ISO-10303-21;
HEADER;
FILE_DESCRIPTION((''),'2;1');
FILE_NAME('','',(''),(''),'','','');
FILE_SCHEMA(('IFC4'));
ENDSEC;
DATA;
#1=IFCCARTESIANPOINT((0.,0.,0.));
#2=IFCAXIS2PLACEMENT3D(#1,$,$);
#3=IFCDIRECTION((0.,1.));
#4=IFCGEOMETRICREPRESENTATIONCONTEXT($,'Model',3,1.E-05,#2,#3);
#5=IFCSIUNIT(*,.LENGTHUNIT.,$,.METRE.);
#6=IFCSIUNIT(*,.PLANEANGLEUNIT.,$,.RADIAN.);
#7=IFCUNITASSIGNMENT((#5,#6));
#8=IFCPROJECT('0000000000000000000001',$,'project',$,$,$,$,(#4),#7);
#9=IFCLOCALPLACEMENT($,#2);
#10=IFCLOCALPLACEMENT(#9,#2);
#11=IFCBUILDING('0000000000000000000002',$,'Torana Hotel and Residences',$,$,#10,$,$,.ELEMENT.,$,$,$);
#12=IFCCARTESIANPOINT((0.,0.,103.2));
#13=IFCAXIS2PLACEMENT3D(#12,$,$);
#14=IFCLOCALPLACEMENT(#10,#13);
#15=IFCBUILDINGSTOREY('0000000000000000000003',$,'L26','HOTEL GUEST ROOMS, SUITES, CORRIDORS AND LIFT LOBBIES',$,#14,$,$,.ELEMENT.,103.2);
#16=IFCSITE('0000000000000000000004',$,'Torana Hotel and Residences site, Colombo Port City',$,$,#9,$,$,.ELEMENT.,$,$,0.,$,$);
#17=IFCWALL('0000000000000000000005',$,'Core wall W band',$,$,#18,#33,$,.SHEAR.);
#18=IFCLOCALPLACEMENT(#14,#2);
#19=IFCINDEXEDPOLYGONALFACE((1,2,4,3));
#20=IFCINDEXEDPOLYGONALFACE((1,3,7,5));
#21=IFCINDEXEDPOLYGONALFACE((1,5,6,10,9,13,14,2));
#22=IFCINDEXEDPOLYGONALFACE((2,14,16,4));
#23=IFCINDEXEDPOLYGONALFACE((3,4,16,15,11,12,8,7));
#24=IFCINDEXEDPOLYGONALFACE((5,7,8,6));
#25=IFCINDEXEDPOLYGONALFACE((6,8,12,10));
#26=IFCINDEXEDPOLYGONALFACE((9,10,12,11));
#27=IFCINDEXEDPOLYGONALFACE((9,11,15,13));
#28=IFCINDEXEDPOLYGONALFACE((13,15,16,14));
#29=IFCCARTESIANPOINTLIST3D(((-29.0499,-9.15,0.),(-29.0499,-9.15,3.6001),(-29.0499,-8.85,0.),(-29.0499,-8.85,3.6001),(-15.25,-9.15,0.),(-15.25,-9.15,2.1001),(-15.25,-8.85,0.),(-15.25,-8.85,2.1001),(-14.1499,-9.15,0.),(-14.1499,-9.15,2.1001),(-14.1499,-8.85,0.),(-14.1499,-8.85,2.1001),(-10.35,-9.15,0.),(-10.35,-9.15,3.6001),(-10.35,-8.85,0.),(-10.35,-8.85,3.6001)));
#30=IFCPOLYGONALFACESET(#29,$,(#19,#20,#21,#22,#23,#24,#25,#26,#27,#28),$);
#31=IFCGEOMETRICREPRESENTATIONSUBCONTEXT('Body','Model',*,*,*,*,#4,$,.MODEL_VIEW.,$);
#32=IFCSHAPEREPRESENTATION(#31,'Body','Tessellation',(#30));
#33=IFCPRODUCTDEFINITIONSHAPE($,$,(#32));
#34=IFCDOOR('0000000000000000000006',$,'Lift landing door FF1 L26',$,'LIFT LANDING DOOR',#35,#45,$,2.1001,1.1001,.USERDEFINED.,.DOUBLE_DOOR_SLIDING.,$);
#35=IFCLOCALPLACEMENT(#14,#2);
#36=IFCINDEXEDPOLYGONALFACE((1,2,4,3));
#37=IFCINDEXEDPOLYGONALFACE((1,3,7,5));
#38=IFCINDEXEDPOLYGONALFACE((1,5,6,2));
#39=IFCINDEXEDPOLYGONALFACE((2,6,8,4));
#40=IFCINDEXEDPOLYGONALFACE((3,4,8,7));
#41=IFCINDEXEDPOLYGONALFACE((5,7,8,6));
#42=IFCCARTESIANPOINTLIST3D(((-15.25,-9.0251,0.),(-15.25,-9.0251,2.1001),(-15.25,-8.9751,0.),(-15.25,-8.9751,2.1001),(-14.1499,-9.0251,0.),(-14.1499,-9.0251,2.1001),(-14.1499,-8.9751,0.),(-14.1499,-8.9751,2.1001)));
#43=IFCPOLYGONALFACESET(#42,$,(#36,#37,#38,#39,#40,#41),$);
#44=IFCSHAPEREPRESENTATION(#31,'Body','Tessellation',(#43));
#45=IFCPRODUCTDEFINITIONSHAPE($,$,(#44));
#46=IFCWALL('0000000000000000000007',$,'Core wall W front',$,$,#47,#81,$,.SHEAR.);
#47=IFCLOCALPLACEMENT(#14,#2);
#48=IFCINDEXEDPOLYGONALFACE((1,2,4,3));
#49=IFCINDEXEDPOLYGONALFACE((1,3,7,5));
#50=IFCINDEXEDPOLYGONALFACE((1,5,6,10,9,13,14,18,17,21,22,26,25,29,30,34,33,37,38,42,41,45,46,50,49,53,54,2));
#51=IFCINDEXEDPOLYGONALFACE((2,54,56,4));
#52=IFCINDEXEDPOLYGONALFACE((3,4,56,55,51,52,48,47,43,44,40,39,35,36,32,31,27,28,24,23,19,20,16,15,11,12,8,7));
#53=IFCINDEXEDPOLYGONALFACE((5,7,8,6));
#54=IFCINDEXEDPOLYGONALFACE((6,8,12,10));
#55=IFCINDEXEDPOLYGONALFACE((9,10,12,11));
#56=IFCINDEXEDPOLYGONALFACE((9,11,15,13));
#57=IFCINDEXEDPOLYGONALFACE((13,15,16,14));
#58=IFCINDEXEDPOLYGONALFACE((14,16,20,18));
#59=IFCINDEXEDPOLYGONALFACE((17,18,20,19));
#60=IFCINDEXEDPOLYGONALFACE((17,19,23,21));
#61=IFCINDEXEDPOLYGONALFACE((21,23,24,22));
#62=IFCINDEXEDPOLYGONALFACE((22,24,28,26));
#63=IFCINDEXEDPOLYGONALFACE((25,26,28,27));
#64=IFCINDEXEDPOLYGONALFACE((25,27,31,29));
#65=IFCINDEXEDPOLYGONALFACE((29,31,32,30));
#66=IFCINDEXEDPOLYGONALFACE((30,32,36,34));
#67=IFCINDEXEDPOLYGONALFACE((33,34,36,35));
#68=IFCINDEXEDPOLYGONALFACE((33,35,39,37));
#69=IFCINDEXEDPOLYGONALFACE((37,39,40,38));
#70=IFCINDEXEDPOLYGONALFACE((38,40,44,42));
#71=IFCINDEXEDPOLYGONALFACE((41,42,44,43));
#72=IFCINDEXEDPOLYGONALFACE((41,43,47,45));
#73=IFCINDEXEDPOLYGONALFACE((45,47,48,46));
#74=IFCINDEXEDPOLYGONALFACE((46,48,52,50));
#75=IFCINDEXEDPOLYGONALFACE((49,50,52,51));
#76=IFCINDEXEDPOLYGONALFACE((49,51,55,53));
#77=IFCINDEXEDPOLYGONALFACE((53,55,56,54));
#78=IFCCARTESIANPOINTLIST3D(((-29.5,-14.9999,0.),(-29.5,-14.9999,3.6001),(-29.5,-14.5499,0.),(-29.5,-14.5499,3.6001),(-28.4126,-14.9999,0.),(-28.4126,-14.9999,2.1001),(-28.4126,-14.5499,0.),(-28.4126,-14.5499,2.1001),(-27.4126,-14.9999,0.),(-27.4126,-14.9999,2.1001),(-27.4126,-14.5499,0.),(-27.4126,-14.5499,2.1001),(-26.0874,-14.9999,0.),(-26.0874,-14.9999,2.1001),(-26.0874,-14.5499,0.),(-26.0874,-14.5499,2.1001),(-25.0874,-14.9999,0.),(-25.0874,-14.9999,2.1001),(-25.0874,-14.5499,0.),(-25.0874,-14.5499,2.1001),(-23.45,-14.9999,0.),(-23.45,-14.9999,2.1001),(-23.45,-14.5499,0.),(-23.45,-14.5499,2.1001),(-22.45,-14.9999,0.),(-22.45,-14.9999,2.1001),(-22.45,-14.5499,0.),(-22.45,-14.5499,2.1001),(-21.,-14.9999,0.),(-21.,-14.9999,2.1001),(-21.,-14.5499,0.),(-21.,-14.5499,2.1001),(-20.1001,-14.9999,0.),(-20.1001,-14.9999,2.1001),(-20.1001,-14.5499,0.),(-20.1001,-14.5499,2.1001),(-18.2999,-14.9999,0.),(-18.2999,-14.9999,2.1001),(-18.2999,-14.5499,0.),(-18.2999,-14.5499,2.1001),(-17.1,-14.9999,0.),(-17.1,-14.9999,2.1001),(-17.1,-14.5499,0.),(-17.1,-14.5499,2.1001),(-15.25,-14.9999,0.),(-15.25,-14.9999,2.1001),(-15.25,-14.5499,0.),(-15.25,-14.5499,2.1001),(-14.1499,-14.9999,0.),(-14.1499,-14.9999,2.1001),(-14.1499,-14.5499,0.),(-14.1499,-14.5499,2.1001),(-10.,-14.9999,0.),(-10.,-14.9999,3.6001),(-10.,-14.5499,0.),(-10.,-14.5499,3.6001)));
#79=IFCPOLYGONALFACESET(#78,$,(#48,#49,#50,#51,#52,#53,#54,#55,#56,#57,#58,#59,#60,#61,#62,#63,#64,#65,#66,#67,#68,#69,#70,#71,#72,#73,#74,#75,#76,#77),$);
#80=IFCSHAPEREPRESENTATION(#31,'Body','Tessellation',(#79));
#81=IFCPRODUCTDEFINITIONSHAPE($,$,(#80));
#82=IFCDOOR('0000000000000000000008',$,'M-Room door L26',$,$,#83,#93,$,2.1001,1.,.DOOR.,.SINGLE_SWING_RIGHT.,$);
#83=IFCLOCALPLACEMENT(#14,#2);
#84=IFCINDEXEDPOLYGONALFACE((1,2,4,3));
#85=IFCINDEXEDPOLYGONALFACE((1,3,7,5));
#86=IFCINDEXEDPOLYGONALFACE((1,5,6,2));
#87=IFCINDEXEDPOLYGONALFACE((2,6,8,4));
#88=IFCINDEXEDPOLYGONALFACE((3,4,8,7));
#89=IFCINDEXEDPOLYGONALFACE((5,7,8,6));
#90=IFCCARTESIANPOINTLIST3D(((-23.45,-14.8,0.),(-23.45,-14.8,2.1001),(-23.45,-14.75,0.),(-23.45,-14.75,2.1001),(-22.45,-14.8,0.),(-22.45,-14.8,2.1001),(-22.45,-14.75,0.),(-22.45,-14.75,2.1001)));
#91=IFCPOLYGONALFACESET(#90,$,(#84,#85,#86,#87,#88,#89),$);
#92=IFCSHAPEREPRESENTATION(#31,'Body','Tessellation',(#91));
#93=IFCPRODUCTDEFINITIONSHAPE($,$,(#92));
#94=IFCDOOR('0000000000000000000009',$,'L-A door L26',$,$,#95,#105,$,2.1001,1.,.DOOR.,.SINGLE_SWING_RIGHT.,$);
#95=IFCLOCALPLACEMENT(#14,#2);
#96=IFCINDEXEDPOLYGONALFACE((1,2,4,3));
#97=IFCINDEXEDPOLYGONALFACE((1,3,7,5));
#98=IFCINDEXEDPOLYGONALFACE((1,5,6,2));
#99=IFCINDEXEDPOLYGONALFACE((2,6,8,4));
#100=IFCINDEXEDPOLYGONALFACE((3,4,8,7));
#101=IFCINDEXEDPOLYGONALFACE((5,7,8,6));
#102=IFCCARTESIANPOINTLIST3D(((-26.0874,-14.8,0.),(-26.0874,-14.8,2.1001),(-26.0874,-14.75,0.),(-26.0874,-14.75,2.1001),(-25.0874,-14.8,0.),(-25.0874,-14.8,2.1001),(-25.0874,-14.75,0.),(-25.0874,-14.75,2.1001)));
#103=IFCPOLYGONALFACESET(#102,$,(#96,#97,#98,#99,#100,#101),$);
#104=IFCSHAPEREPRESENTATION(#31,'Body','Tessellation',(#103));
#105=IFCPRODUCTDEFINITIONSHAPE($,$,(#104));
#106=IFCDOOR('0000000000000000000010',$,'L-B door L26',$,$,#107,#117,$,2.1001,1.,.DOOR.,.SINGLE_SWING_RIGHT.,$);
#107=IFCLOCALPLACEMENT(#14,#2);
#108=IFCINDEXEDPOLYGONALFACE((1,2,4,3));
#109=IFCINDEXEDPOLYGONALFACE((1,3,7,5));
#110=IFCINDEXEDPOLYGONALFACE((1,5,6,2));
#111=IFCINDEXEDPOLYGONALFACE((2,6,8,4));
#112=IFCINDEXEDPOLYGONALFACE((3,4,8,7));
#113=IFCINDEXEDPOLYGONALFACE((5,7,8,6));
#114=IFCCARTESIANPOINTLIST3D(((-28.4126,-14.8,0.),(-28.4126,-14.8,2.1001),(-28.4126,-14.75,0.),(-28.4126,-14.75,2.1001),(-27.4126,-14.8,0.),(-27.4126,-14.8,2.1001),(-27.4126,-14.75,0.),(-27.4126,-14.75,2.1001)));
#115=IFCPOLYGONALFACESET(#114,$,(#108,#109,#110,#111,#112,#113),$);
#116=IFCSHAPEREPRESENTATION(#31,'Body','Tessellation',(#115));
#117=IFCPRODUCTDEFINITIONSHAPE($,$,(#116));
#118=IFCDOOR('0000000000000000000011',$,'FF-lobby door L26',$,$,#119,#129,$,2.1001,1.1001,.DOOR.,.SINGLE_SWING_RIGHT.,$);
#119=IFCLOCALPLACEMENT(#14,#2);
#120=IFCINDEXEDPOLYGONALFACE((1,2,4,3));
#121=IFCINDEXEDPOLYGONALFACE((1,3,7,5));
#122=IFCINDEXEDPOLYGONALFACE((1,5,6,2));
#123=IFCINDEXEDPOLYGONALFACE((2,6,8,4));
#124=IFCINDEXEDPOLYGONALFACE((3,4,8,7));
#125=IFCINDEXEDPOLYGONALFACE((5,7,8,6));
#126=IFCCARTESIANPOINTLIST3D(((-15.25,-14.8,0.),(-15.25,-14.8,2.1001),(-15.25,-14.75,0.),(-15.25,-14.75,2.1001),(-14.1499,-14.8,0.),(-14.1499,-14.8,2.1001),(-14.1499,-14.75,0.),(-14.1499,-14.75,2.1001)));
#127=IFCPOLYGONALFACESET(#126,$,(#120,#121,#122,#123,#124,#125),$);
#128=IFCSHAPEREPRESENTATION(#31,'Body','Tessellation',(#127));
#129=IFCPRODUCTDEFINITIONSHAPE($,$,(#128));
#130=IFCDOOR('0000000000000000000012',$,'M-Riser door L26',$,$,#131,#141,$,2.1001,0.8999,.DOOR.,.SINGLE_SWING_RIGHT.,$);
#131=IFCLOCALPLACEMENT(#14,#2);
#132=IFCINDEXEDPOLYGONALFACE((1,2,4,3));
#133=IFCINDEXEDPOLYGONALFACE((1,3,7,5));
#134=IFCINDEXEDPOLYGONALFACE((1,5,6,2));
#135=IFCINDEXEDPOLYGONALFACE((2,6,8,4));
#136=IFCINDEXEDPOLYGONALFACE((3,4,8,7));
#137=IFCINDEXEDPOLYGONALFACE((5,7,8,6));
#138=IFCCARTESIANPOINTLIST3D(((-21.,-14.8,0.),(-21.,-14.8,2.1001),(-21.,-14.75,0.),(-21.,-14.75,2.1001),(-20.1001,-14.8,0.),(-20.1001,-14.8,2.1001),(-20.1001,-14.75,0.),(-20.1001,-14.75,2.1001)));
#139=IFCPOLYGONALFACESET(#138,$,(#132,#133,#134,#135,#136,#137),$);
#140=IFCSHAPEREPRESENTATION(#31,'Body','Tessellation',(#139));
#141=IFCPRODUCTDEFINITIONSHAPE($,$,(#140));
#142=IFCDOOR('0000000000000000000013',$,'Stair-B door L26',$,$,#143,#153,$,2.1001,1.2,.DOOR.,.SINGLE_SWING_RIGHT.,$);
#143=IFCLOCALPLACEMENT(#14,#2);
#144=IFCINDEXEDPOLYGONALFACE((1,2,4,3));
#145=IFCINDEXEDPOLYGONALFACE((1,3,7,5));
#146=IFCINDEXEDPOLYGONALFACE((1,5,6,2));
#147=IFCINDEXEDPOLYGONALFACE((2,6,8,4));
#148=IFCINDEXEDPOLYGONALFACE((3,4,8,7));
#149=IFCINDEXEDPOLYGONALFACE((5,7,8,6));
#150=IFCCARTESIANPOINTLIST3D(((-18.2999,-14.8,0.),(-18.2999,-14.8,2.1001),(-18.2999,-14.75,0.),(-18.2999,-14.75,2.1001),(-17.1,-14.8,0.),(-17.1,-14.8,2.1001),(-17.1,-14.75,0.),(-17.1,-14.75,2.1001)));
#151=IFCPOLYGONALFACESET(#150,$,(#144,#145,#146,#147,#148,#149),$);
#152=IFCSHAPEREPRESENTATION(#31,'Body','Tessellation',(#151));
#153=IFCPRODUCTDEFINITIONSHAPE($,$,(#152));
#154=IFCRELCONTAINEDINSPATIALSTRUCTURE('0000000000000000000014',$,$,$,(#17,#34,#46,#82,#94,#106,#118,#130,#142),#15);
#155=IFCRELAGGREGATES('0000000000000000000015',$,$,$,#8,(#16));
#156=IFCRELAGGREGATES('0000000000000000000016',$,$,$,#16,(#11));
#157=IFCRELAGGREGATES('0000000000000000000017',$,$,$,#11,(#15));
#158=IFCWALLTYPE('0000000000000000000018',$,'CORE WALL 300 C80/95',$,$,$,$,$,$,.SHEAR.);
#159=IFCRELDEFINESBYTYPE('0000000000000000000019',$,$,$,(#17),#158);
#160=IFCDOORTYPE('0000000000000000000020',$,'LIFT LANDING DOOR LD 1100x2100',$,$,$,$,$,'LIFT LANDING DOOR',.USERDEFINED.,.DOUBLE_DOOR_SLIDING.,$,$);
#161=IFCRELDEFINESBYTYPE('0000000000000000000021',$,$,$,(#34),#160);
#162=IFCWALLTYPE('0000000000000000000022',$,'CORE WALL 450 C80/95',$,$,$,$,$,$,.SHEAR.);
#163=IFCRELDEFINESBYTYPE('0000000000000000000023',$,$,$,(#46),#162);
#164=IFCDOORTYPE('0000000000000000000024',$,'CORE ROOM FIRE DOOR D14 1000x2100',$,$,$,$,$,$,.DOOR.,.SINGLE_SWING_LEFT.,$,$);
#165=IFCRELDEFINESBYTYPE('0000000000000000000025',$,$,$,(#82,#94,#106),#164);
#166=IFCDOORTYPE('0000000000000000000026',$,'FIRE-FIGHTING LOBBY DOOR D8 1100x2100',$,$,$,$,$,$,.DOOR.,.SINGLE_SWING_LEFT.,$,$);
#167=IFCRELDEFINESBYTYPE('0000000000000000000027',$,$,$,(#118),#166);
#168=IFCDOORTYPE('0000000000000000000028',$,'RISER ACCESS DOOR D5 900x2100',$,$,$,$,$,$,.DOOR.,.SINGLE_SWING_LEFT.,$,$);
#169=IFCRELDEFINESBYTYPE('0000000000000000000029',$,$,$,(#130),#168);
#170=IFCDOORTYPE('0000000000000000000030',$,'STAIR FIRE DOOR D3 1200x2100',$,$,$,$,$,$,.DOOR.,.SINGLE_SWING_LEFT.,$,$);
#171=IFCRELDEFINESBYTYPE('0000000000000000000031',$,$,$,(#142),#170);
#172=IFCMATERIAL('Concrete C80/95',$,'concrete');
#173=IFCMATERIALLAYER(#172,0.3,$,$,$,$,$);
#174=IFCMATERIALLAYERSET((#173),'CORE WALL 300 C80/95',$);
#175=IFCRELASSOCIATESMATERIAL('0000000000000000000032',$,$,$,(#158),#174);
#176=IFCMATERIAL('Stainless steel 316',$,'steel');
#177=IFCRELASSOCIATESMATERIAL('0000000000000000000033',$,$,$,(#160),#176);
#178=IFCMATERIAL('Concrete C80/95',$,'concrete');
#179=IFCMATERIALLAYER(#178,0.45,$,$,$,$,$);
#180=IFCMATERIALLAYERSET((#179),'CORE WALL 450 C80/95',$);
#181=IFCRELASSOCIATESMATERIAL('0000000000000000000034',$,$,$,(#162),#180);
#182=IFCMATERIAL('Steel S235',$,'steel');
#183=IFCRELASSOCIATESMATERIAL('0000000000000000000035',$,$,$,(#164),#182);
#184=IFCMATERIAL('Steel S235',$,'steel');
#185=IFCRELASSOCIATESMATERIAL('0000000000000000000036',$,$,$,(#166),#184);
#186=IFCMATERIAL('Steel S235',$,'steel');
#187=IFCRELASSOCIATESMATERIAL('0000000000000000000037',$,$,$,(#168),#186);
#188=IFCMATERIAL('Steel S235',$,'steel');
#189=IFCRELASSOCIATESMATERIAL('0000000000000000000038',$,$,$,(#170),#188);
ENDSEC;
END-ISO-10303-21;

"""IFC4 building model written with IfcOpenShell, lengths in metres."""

from ifc_helpers import new_model, si_unit, direction, frame, frame_2d, origin, place, context, subcontext, project, spatial, rectangle, extrude, material, layer, layer_set, type_object, element, fill, save


model = new_model("IFC4")

# Units and contexts
model_context = context("Model", 3, precision=1e-05, world=origin(), true_north=direction((0.0, 1.0)))
body_context = subcontext(model_context, "Body", "Model", "MODEL_VIEW")
ifc_project = project(units=[si_unit("LENGTHUNIT", "METRE"), si_unit("PLANEANGLEUNIT", "RADIAN")], contexts=[model_context])

# Site, building, storey
site_placement = place(None, origin())
site = spatial("IfcSite", under=ifc_project, at=site_placement, Name="Torana Hotel and Residences site, Colombo Port City", CompositionType="ELEMENT", RefElevation=0.0)
building_placement = place(site_placement, origin())
building = spatial("IfcBuilding", under=site, at=building_placement, Name="Torana Hotel and Residences", CompositionType="ELEMENT")
storey_placement = place(building_placement, frame((0.0, 0.0, 103.2)))
storey = spatial("IfcBuildingStorey", under=building, at=storey_placement, Name="L26", Description="HOTEL GUEST ROOMS, SUITES, CORRIDORS AND LIFT LOBBIES", CompositionType="ELEMENT", Elevation=103.2)

# Wall, opening, door
ifc_material_1 = material(Name="Concrete C80/95", Category="concrete")
ifc_layer_1 = layer(ifc_material_1, 0.3)
ifc_layer_set_1 = layer_set([ifc_layer_1], Name="CORE WALL 300 C80/95")
wall_type_1 = type_object("IfcWallType", Name="CORE WALL 300 C80/95", PredefinedType="SHEAR", material=ifc_layer_set_1)
wall_1_placement = place(storey_placement, frame((-29.05, -9.0, 0.0), z_axis=(0.0, 0.0, 1.0), x_axis=(1.0, 0.0, 0.0)))
wall_1 = element("IfcWall", 1, at=wall_1_placement, inside=storey, type_object=wall_type_1, Name="Core wall W band", PredefinedType="SHEAR", context=body_context, shape_type="SweptSolid", body=[
    extrude(rectangle(XDim=18.7, YDim=0.3, at=frame_2d((9.3501, 0.0))), origin(), (0.0, 0.0, 1.0), 3.6001),
])
opening_1_placement = place(wall_1_placement, frame((13.8, 0.0, 0.0)))
opening_1 = element("IfcOpeningElement", 2, at=opening_1_placement, cuts=wall_1, PredefinedType="OPENING", context=body_context, shape_type="SweptSolid", body=[
    extrude(rectangle(XDim=1.1001, YDim=2.1001, at=frame_2d((0.55, 1.05))), frame((0.0, 0.1599, 0.0), z_axis=(0.0, -1.0, 0.0), x_axis=(1.0, 0.0, 0.0)), (0.0, 0.0, 1.0), 0.3201),
])
ifc_material_2 = material(Name="Stainless steel 316", Category="steel")
door_type_1 = type_object("IfcDoorType", Name="LIFT LANDING DOOR LD 1100x2100", ElementType="LIFT LANDING DOOR", OperationType="DOUBLE_DOOR_SLIDING", PredefinedType="USERDEFINED", material=ifc_material_2)
door_1_placement = place(opening_1_placement, origin())
door_1 = element("IfcDoor", 3, at=door_1_placement, inside=storey, type_object=door_type_1, Name="Lift landing door FF1 L26", ObjectType="LIFT LANDING DOOR", OperationType="DOUBLE_DOOR_SLIDING", OverallHeight=2.1001, OverallWidth=1.1001, PredefinedType="USERDEFINED", context=body_context, shape_type="SweptSolid", body=[
    extrude(rectangle(XDim=1.1001, YDim=2.1001, at=frame_2d((0.55, 1.05))), frame((0.0, 0.0249, 0.0), z_axis=(0.0, -1.0, 0.0), x_axis=(1.0, 0.0, 0.0)), (0.0, 0.0, 1.0), 0.05),
])
fill(opening_1, door_1)

# Wall, openings, doors
ifc_material_3 = material(Name="Concrete C80/95", Category="concrete")
ifc_layer_2 = layer(ifc_material_3, 0.45)
ifc_layer_set_2 = layer_set([ifc_layer_2], Name="CORE WALL 450 C80/95")
wall_type_2 = type_object("IfcWallType", Name="CORE WALL 450 C80/95", PredefinedType="SHEAR", material=ifc_layer_set_2)
wall_2_placement = place(storey_placement, frame((-29.5, -14.7749, 0.0), z_axis=(0.0, 0.0, 1.0), x_axis=(1.0, 0.0, 0.0)))
wall_2 = element("IfcWall", 4, at=wall_2_placement, inside=storey, type_object=wall_type_2, Name="Core wall W front", PredefinedType="SHEAR", context=body_context, shape_type="SweptSolid", body=[
    extrude(rectangle(XDim=19.5, YDim=0.45, at=frame_2d((9.75, 0.0))), origin(), (0.0, 0.0, 1.0), 3.6001),
])
opening_2_placement = place(wall_2_placement, frame((11.2, 0.0, 0.0)))
opening_2 = element("IfcOpeningElement", 5, at=opening_2_placement, cuts=wall_2, PredefinedType="OPENING", context=body_context, shape_type="SweptSolid", body=[
    extrude(rectangle(XDim=1.2, YDim=2.1001, at=frame_2d((0.6001, 1.05))), frame((0.0, 0.2349, 0.0), z_axis=(0.0, -1.0, 0.0), x_axis=(1.0, 0.0, 0.0)), (0.0, 0.0, 1.0), 0.47),
])
opening_3_placement = place(wall_2_placement, frame((14.25, 0.0, 0.0)))
opening_3 = element("IfcOpeningElement", 6, at=opening_3_placement, cuts=wall_2, PredefinedType="OPENING", context=body_context, shape_type="SweptSolid", body=[
    extrude(rectangle(XDim=1.1001, YDim=2.1001, at=frame_2d((0.55, 1.05))), frame((0.0, 0.2349, 0.0), z_axis=(0.0, -1.0, 0.0), x_axis=(1.0, 0.0, 0.0)), (0.0, 0.0, 1.0), 0.47),
])
opening_4_placement = place(wall_2_placement, frame((8.5, 0.0, 0.0)))
opening_4 = element("IfcOpeningElement", 7, at=opening_4_placement, cuts=wall_2, PredefinedType="OPENING", context=body_context, shape_type="SweptSolid", body=[
    extrude(rectangle(XDim=0.8999, YDim=2.1001, at=frame_2d((0.45, 1.05))), frame((0.0, 0.2349, 0.0), z_axis=(0.0, -1.0, 0.0), x_axis=(1.0, 0.0, 0.0)), (0.0, 0.0, 1.0), 0.47),
])
opening_5_placement = place(wall_2_placement, frame((6.05, 0.0, 0.0)))
opening_5 = element("IfcOpeningElement", 8, at=opening_5_placement, cuts=wall_2, PredefinedType="OPENING", context=body_context, shape_type="SweptSolid", body=[
    extrude(rectangle(XDim=1.0, YDim=2.1001, at=frame_2d((0.5, 1.05))), frame((0.0, 0.2349, 0.0), z_axis=(0.0, -1.0, 0.0), x_axis=(1.0, 0.0, 0.0)), (0.0, 0.0, 1.0), 0.47),
])
opening_6_placement = place(wall_2_placement, frame((3.4126, 0.0, 0.0)))
opening_6 = element("IfcOpeningElement", 9, at=opening_6_placement, cuts=wall_2, PredefinedType="OPENING", context=body_context, shape_type="SweptSolid", body=[
    extrude(rectangle(XDim=1.0, YDim=2.1001, at=frame_2d((0.5, 1.05))), frame((0.0, 0.2349, 0.0), z_axis=(0.0, -1.0, 0.0), x_axis=(1.0, 0.0, 0.0)), (0.0, 0.0, 1.0), 0.47),
])
opening_7_placement = place(wall_2_placement, frame((1.0874, 0.0, 0.0)))
opening_7 = element("IfcOpeningElement", 10, at=opening_7_placement, cuts=wall_2, PredefinedType="OPENING", context=body_context, shape_type="SweptSolid", body=[
    extrude(rectangle(XDim=1.0, YDim=2.1001, at=frame_2d((0.5, 1.05))), frame((0.0, 0.2349, 0.0), z_axis=(0.0, -1.0, 0.0), x_axis=(1.0, 0.0, 0.0)), (0.0, 0.0, 1.0), 0.47),
])
ifc_material_4 = material(Name="Steel S235", Category="steel")
door_type_2 = type_object("IfcDoorType", Name="CORE ROOM FIRE DOOR D14 1000x2100", OperationType="SINGLE_SWING_LEFT", PredefinedType="DOOR", material=ifc_material_4)
door_2_placement = place(opening_5_placement, origin())
door_2 = element("IfcDoor", 11, at=door_2_placement, inside=storey, type_object=door_type_2, Name="M-Room door L26", OperationType="SINGLE_SWING_RIGHT", OverallHeight=2.1001, OverallWidth=1.0, PredefinedType="DOOR", context=body_context, shape_type="SweptSolid", body=[
    extrude(rectangle(XDim=1.0, YDim=2.1001, at=frame_2d((0.5, 1.05))), frame((0.0, 0.0249, 0.0), z_axis=(0.0, -1.0, 0.0), x_axis=(1.0, 0.0, 0.0)), (0.0, 0.0, 1.0), 0.05),
])
fill(opening_5, door_2)
door_3_placement = place(opening_6_placement, origin())
door_3 = element("IfcDoor", 12, at=door_3_placement, inside=storey, type_object=door_type_2, Name="L-A door L26", OperationType="SINGLE_SWING_RIGHT", OverallHeight=2.1001, OverallWidth=1.0, PredefinedType="DOOR", context=body_context, shape_type="SweptSolid", body=[
    extrude(rectangle(XDim=1.0, YDim=2.1001, at=frame_2d((0.5, 1.05))), frame((0.0, 0.0249, 0.0), z_axis=(0.0, -1.0, 0.0), x_axis=(1.0, 0.0, 0.0)), (0.0, 0.0, 1.0), 0.05),
])
fill(opening_6, door_3)
door_4_placement = place(opening_7_placement, origin())
door_4 = element("IfcDoor", 13, at=door_4_placement, inside=storey, type_object=door_type_2, Name="L-B door L26", OperationType="SINGLE_SWING_RIGHT", OverallHeight=2.1001, OverallWidth=1.0, PredefinedType="DOOR", context=body_context, shape_type="SweptSolid", body=[
    extrude(rectangle(XDim=1.0, YDim=2.1001, at=frame_2d((0.5, 1.05))), frame((0.0, 0.0249, 0.0), z_axis=(0.0, -1.0, 0.0), x_axis=(1.0, 0.0, 0.0)), (0.0, 0.0, 1.0), 0.05),
])
fill(opening_7, door_4)
ifc_material_5 = material(Name="Steel S235", Category="steel")
door_type_3 = type_object("IfcDoorType", Name="FIRE-FIGHTING LOBBY DOOR D8 1100x2100", OperationType="SINGLE_SWING_LEFT", PredefinedType="DOOR", material=ifc_material_5)
door_5_placement = place(opening_3_placement, origin())
door_5 = element("IfcDoor", 14, at=door_5_placement, inside=storey, type_object=door_type_3, Name="FF-lobby door L26", OperationType="SINGLE_SWING_RIGHT", OverallHeight=2.1001, OverallWidth=1.1001, PredefinedType="DOOR", context=body_context, shape_type="SweptSolid", body=[
    extrude(rectangle(XDim=1.1001, YDim=2.1001, at=frame_2d((0.55, 1.05))), frame((0.0, 0.0249, 0.0), z_axis=(0.0, -1.0, 0.0), x_axis=(1.0, 0.0, 0.0)), (0.0, 0.0, 1.0), 0.05),
])
fill(opening_3, door_5)
ifc_material_6 = material(Name="Steel S235", Category="steel")
door_type_4 = type_object("IfcDoorType", Name="RISER ACCESS DOOR D5 900x2100", OperationType="SINGLE_SWING_LEFT", PredefinedType="DOOR", material=ifc_material_6)
door_6_placement = place(opening_4_placement, origin())
door_6 = element("IfcDoor", 15, at=door_6_placement, inside=storey, type_object=door_type_4, Name="M-Riser door L26", OperationType="SINGLE_SWING_RIGHT", OverallHeight=2.1001, OverallWidth=0.8999, PredefinedType="DOOR", context=body_context, shape_type="SweptSolid", body=[
    extrude(rectangle(XDim=0.8999, YDim=2.1001, at=frame_2d((0.45, 1.05))), frame((0.0, 0.0249, 0.0), z_axis=(0.0, -1.0, 0.0), x_axis=(1.0, 0.0, 0.0)), (0.0, 0.0, 1.0), 0.05),
])
fill(opening_4, door_6)
ifc_material_7 = material(Name="Steel S235", Category="steel")
door_type_5 = type_object("IfcDoorType", Name="STAIR FIRE DOOR D3 1200x2100", OperationType="SINGLE_SWING_LEFT", PredefinedType="DOOR", material=ifc_material_7)
door_7_placement = place(opening_2_placement, origin())
door_7 = element("IfcDoor", 16, at=door_7_placement, inside=storey, type_object=door_type_5, Name="Stair-B door L26", OperationType="SINGLE_SWING_RIGHT", OverallHeight=2.1001, OverallWidth=1.2, PredefinedType="DOOR", context=body_context, shape_type="SweptSolid", body=[
    extrude(rectangle(XDim=1.2, YDim=2.1001, at=frame_2d((0.6001, 1.05))), frame((0.0, 0.0249, 0.0), z_axis=(0.0, -1.0, 0.0), x_axis=(1.0, 0.0, 0.0)), (0.0, 0.0, 1.0), 0.05),
])
fill(opening_2, door_7)

save(model, "model.ifc")
